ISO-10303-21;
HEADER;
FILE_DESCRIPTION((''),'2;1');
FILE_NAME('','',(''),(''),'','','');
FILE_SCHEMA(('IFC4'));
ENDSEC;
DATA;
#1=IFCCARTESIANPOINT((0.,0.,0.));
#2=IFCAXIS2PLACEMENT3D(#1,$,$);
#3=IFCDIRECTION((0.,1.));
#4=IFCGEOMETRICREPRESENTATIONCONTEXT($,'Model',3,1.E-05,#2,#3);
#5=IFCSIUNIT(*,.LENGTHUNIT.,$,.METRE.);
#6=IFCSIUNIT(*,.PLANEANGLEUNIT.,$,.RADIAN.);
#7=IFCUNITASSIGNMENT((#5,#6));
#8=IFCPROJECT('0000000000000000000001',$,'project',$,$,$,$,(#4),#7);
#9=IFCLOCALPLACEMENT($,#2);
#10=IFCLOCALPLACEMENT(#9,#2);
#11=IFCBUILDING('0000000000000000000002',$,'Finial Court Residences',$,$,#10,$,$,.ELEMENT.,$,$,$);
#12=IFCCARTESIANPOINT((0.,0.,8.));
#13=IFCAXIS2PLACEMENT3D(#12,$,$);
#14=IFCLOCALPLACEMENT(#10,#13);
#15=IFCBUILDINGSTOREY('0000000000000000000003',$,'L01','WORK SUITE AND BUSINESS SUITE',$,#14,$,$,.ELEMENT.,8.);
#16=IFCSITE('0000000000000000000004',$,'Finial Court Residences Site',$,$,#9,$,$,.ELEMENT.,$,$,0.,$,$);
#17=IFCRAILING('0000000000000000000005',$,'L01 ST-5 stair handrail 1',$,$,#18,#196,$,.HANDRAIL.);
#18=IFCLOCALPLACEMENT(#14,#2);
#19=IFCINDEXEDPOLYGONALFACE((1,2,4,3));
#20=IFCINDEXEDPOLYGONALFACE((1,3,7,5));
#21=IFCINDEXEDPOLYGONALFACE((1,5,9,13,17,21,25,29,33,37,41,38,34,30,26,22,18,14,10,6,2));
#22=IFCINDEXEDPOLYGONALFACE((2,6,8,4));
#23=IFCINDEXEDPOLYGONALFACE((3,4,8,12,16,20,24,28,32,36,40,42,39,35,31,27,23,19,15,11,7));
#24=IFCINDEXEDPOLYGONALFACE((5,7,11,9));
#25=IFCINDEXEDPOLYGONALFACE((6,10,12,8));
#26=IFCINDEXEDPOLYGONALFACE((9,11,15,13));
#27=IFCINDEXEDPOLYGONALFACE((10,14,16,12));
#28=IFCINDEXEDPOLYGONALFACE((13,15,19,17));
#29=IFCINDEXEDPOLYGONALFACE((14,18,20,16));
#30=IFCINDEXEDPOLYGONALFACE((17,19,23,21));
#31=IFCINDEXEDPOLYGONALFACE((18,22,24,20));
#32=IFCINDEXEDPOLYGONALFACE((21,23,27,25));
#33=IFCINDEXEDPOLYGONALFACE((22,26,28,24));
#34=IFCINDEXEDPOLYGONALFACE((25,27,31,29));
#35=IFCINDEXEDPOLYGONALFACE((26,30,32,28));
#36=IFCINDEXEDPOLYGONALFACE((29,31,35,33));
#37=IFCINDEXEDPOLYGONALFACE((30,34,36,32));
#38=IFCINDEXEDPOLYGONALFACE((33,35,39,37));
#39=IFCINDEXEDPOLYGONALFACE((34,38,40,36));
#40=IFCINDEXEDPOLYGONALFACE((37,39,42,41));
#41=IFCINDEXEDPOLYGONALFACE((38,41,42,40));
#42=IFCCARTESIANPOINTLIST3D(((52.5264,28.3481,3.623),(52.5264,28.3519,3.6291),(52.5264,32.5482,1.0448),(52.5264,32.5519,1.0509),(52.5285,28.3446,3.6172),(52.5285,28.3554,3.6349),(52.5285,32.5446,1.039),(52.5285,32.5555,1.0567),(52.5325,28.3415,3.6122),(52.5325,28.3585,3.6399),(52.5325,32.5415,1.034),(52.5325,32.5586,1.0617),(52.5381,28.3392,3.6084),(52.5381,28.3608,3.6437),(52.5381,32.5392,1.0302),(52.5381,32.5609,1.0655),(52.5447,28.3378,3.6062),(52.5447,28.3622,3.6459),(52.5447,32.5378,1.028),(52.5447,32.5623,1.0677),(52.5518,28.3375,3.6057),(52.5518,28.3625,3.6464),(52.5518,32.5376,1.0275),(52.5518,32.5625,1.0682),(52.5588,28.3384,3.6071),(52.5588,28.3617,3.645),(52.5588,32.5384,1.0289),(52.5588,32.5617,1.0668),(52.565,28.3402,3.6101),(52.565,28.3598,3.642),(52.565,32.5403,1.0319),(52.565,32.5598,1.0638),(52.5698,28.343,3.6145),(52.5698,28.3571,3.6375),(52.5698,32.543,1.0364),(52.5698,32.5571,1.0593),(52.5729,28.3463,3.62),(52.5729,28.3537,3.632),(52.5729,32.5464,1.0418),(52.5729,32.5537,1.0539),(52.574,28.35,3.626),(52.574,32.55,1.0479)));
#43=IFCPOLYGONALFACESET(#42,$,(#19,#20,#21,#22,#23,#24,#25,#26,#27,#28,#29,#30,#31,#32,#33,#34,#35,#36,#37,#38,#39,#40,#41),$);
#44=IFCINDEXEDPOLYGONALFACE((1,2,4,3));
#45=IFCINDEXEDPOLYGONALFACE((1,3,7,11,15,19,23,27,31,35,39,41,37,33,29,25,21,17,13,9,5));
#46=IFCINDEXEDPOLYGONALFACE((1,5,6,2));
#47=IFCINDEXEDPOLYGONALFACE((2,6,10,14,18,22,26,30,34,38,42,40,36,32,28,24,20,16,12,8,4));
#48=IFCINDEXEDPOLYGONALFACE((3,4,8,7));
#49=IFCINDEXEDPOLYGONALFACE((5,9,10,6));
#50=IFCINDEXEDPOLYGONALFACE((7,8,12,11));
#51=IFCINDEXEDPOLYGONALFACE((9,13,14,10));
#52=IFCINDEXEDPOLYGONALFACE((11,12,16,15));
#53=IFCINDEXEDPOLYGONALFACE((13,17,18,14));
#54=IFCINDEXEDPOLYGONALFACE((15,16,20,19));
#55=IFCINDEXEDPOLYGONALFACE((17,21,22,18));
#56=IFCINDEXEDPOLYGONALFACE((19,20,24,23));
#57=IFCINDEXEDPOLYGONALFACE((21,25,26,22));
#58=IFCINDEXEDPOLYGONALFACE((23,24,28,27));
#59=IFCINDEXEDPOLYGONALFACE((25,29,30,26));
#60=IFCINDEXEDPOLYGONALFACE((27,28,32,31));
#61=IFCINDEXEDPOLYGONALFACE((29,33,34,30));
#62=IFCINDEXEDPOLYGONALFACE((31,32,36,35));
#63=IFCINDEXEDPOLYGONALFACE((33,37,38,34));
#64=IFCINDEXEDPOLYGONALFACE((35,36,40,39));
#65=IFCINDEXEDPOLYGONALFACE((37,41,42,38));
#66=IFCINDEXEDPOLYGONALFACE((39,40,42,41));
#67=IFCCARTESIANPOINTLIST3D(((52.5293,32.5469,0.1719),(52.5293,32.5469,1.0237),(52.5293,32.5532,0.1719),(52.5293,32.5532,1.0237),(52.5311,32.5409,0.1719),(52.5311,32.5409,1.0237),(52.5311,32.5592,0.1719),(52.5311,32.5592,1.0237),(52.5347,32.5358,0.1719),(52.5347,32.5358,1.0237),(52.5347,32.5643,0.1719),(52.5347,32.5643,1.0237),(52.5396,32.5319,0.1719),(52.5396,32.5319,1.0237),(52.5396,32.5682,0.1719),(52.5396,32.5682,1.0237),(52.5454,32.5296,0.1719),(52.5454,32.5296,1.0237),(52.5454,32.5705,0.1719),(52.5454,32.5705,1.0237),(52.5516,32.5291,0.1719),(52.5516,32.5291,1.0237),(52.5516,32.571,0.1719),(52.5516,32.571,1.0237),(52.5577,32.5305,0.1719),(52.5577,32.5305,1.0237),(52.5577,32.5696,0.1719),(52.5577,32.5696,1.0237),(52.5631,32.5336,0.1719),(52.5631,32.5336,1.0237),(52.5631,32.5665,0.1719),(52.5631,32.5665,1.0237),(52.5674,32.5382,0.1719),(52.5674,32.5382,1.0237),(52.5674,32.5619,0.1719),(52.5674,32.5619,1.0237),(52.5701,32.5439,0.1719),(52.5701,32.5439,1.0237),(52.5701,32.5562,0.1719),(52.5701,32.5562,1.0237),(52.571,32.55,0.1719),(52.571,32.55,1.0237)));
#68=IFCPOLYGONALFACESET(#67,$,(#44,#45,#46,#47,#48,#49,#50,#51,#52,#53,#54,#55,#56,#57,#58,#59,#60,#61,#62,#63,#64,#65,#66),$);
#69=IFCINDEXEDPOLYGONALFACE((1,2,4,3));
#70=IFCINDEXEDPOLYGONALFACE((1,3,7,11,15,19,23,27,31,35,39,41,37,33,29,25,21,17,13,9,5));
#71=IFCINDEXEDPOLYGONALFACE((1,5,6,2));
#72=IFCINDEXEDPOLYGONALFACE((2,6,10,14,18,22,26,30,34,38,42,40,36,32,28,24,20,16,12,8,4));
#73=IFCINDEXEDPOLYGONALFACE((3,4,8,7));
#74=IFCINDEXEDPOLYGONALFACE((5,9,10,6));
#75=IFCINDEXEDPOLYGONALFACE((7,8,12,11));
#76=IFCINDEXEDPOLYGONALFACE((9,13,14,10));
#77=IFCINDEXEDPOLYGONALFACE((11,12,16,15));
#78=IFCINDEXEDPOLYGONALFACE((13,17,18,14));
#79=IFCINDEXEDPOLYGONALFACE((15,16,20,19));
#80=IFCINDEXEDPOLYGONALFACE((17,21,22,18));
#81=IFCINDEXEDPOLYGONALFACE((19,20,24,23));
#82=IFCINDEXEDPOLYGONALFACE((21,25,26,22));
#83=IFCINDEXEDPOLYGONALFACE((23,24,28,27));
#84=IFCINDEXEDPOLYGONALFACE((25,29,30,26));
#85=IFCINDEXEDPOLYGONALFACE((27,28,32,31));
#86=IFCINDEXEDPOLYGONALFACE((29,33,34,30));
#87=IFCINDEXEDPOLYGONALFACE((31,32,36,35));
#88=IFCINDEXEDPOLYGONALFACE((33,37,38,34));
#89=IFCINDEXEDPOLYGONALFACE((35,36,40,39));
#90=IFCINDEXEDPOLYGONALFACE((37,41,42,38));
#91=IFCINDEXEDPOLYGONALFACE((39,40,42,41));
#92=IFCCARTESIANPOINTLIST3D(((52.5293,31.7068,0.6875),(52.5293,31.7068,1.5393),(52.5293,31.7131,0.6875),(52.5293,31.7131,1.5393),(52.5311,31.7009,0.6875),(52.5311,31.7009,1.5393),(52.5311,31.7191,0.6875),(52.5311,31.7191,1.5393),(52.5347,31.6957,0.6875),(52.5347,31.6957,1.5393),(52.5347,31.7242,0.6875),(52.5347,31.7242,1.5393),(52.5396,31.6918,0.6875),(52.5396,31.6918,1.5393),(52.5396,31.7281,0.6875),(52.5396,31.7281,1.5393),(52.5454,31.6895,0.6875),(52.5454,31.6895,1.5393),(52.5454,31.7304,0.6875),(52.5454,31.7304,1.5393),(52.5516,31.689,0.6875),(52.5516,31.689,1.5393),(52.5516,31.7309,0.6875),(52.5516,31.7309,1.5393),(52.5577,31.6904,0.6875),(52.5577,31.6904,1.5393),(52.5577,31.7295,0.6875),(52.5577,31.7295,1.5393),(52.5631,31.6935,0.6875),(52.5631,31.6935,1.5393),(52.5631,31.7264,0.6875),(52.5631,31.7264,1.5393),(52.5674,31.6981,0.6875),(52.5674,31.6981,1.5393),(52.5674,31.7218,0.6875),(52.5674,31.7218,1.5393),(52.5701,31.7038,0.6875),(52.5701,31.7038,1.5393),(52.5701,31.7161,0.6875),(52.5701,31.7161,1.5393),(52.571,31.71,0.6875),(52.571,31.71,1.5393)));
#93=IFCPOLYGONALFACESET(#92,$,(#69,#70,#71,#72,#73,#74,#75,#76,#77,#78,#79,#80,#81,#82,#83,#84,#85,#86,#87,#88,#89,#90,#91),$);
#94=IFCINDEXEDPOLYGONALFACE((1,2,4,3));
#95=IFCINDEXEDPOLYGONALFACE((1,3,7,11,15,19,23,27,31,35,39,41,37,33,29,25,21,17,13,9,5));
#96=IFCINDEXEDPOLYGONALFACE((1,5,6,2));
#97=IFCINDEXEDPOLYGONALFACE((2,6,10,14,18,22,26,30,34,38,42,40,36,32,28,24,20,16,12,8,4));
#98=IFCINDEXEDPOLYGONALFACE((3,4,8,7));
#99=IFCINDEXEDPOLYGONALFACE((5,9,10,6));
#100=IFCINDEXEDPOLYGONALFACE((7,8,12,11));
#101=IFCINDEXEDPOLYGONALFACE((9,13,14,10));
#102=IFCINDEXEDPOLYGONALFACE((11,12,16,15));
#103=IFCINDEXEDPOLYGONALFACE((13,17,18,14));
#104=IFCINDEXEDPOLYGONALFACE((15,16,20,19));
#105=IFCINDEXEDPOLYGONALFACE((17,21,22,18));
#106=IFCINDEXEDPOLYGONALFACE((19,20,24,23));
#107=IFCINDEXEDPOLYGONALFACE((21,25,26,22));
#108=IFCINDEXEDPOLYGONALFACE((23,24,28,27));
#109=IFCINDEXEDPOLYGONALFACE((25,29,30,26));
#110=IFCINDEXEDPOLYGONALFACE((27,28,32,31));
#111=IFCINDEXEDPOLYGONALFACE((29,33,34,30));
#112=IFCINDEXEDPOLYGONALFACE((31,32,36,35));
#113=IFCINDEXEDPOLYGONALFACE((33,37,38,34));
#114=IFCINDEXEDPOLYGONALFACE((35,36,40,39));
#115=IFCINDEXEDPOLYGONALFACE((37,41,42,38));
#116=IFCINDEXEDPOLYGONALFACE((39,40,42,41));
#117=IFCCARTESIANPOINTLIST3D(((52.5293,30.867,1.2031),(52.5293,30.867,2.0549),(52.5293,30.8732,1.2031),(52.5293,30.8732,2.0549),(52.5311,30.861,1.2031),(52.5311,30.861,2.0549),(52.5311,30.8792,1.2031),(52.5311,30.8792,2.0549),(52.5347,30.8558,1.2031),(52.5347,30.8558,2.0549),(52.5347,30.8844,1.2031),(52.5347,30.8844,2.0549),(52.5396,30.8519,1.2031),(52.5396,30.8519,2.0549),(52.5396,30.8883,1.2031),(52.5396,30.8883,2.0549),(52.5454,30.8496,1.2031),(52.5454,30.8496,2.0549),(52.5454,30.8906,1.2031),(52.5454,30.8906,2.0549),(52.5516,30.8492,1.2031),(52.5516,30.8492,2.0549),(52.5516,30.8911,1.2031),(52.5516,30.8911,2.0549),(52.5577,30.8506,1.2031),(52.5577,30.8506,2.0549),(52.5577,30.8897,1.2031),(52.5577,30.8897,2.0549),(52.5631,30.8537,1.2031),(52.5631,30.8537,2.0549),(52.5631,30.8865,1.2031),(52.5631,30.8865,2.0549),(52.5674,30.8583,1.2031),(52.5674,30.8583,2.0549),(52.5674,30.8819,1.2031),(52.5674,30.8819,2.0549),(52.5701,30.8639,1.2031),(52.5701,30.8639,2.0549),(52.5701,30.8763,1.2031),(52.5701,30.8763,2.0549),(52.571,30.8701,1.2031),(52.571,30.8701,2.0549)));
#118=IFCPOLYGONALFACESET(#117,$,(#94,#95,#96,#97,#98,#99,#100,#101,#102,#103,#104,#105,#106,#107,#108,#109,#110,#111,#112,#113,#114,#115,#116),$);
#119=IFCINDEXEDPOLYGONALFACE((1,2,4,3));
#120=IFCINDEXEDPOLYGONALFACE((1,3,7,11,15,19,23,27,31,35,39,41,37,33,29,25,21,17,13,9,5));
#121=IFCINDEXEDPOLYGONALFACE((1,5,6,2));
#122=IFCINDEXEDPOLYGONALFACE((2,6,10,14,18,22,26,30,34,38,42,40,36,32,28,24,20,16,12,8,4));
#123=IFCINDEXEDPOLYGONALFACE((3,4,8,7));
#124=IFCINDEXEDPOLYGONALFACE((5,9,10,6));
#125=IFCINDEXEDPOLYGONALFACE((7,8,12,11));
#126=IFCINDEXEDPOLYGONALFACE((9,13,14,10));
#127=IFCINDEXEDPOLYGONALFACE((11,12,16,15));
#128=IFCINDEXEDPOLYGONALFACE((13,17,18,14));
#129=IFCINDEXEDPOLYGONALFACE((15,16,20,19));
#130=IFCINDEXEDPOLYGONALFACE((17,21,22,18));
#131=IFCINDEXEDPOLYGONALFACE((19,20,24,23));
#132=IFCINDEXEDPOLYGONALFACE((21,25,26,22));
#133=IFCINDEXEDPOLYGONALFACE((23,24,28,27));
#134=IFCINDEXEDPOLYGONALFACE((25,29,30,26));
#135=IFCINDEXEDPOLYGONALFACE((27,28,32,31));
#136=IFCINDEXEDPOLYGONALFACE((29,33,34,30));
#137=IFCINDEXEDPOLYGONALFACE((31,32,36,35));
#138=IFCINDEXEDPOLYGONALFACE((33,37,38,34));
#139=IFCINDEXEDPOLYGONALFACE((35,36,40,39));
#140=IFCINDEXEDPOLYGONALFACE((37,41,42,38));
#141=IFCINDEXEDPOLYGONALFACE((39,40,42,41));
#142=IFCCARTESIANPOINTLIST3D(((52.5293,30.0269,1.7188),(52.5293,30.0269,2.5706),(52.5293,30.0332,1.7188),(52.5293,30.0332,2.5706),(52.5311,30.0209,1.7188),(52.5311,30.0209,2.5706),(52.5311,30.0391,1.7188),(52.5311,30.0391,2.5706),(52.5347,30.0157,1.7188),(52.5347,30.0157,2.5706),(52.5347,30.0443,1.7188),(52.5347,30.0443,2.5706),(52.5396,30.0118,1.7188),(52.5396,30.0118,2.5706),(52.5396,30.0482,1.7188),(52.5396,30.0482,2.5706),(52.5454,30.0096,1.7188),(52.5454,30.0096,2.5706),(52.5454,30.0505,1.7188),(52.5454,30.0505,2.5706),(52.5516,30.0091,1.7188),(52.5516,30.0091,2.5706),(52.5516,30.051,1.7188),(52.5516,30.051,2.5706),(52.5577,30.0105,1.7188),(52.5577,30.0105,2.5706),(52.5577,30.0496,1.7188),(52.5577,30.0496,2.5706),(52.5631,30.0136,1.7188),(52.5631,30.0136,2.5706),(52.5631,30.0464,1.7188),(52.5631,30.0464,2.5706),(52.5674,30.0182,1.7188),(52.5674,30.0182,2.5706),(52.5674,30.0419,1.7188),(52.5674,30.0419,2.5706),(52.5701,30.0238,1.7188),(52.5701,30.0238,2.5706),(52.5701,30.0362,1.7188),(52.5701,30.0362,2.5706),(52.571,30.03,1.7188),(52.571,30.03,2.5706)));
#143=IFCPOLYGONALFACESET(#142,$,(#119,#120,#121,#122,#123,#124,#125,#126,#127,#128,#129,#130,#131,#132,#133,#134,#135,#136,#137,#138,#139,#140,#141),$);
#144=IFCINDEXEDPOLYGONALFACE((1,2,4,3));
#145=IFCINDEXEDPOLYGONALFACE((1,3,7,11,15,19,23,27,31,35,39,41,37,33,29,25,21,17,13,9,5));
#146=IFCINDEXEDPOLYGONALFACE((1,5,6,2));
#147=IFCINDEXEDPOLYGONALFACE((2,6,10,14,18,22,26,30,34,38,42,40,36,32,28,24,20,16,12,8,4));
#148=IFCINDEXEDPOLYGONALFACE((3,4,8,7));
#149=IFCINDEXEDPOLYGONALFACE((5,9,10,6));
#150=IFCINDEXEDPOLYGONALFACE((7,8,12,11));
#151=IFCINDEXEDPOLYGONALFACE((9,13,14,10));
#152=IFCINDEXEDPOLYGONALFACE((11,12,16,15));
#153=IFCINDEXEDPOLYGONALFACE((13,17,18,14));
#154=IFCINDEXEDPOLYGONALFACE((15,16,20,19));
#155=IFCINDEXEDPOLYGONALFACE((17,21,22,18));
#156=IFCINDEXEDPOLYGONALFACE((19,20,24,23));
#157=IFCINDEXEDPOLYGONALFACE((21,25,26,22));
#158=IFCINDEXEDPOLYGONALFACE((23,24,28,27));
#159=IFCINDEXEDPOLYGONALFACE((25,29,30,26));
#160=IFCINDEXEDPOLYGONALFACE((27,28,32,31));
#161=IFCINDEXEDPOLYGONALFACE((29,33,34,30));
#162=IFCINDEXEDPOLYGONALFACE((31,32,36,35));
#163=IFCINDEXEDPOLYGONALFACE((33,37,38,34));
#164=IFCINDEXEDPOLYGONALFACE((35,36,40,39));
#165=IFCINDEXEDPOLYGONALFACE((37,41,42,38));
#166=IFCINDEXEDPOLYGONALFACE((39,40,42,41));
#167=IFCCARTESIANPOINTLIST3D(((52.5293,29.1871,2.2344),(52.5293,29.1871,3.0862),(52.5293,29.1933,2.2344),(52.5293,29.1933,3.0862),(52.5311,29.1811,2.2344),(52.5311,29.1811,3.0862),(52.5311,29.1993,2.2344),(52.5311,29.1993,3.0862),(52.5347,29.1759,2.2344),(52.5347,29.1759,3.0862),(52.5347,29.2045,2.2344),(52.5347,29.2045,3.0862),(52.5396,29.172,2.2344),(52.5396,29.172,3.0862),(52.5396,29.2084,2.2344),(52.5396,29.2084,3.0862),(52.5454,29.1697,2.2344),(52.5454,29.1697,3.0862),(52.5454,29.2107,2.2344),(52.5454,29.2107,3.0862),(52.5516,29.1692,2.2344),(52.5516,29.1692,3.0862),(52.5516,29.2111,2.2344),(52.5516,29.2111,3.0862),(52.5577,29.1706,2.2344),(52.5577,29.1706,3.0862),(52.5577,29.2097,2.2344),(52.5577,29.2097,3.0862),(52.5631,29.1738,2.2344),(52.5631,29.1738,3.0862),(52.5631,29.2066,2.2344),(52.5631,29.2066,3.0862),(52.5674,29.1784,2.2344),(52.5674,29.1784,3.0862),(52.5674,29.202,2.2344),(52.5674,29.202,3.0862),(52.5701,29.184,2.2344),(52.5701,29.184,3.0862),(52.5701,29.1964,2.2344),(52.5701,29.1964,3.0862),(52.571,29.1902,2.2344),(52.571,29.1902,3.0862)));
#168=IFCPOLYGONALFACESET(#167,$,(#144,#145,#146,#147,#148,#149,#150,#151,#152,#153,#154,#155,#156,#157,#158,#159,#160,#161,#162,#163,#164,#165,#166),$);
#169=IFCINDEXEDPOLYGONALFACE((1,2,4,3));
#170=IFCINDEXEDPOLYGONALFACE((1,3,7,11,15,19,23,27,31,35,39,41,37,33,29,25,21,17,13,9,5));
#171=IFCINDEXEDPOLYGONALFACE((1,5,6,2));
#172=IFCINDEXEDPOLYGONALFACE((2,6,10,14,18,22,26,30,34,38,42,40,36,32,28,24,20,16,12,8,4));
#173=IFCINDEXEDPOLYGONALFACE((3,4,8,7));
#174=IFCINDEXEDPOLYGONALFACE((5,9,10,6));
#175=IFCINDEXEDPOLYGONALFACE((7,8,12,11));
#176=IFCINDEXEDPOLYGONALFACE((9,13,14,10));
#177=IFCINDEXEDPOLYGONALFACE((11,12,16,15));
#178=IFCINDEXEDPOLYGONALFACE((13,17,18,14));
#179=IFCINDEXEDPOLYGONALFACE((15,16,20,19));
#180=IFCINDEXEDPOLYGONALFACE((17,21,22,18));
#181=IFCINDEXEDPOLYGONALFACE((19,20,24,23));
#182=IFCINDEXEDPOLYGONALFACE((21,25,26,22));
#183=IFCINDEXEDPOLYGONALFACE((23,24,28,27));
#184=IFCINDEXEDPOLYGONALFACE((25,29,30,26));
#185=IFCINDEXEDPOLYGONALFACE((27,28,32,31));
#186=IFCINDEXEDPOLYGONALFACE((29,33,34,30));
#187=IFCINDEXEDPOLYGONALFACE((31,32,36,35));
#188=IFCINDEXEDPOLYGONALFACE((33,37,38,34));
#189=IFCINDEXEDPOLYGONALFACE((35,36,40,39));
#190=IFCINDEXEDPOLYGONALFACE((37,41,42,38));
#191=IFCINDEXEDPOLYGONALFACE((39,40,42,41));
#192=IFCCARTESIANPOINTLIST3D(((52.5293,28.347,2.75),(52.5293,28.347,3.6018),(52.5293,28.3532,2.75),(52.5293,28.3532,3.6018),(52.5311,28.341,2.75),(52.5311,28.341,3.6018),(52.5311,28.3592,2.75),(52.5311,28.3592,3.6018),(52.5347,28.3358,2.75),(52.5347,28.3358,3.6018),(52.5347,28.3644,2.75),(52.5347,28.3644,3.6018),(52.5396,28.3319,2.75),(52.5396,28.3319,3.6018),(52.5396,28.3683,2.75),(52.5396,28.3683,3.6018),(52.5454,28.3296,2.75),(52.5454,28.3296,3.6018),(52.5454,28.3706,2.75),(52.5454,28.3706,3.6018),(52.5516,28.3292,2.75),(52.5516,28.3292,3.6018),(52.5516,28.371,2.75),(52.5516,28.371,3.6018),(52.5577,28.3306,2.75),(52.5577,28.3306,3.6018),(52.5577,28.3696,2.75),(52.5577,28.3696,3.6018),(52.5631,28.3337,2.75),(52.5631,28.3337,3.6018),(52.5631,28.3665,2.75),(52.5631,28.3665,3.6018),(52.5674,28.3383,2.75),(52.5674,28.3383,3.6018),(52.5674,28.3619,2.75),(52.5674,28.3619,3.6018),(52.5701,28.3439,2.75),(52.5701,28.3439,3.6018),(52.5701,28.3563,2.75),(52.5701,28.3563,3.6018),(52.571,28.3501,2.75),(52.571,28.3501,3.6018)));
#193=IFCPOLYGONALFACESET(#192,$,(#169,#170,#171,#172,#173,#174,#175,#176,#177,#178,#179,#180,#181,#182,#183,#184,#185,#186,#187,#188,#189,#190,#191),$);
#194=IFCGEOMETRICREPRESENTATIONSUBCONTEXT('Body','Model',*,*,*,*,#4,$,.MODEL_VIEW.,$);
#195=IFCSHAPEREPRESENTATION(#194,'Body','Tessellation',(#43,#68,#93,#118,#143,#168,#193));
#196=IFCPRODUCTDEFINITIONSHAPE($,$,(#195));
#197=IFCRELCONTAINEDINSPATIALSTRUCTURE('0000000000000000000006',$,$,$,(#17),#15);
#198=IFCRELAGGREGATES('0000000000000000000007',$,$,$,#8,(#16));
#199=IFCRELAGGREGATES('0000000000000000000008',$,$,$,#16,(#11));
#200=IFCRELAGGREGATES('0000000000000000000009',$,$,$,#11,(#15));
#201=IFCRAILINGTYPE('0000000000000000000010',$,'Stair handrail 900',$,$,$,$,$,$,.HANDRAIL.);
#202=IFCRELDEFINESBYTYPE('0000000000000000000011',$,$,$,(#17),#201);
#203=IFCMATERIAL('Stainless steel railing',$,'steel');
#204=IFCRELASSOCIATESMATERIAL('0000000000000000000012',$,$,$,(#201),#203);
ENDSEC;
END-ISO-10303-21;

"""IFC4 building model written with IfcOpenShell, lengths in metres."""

from ifc_helpers import new_model, si_unit, direction, frame, origin, origin_2d, place, context, subcontext, project, spatial, circle, extrude, material, type_object, element, save


model = new_model("IFC4")

# Units and contexts
model_context = context("Model", 3, precision=1e-05, world=origin(), true_north=direction((0.0, 1.0)))
body_context = subcontext(model_context, "Body", "Model", "MODEL_VIEW")
ifc_project = project(units=[si_unit("LENGTHUNIT", "METRE"), si_unit("PLANEANGLEUNIT", "RADIAN")], contexts=[model_context])

# Site, building, storey
site_placement = place(None, origin())
site = spatial("IfcSite", under=ifc_project, at=site_placement, Name="Finial Court Residences Site", CompositionType="ELEMENT", RefElevation=0.0)
building_placement = place(site_placement, origin())
building = spatial("IfcBuilding", under=site, at=building_placement, Name="Finial Court Residences", CompositionType="ELEMENT")
storey_placement = place(building_placement, frame((0.0, 0.0, 8.0)))
storey = spatial("IfcBuildingStorey", under=building, at=storey_placement, Name="L01", Description="WORK SUITE AND BUSINESS SUITE", CompositionType="ELEMENT", Elevation=8.0)

# Railing
ifc_material_1 = material(Name="Stainless steel railing", Category="steel")
railing_type_1 = type_object("IfcRailingType", Name="Stair handrail 900", PredefinedType="HANDRAIL", material=ifc_material_1)
railing_1_placement = place(storey_placement, frame((52.55, 32.55, 0.1719)))
element("IfcRailing", 1, at=railing_1_placement, inside=storey, type_object=railing_type_1, Name="L01 ST-5 stair handrail 1", PredefinedType="HANDRAIL", context=body_context, shape_type="SweptSolid", body=[
    extrude(circle(Radius=0.0239, at=origin_2d()), frame((0.0, 0.0, 0.876), z_axis=(0.0, -0.852243, 0.523146), x_axis=(1.0, 0.0, 0.0)), (0.0, 0.0, 1.0), 4.9282),
    extrude(circle(Radius=0.021, at=origin_2d()), origin(), (0.0, 0.0, 1.0), 0.8518),
    extrude(circle(Radius=0.021, at=origin_2d()), frame((0.0, -0.8401, 0.5156)), (0.0, 0.0, 1.0), 0.8518),
    extrude(circle(Radius=0.021, at=origin_2d()), frame((0.0, -1.6799, 1.0312)), (0.0, 0.0, 1.0), 0.8518),
    extrude(circle(Radius=0.021, at=origin_2d()), frame((0.0, -2.52, 1.5469)), (0.0, 0.0, 1.0), 0.8518),
    extrude(circle(Radius=0.021, at=origin_2d()), frame((0.0, -3.3599, 2.0625)), (0.0, 0.0, 1.0), 0.8518),
    extrude(circle(Radius=0.021, at=origin_2d()), frame((0.0, -4.2, 2.5781)), (0.0, 0.0, 1.0), 0.8518),
])

save(model, "model.ifc")
